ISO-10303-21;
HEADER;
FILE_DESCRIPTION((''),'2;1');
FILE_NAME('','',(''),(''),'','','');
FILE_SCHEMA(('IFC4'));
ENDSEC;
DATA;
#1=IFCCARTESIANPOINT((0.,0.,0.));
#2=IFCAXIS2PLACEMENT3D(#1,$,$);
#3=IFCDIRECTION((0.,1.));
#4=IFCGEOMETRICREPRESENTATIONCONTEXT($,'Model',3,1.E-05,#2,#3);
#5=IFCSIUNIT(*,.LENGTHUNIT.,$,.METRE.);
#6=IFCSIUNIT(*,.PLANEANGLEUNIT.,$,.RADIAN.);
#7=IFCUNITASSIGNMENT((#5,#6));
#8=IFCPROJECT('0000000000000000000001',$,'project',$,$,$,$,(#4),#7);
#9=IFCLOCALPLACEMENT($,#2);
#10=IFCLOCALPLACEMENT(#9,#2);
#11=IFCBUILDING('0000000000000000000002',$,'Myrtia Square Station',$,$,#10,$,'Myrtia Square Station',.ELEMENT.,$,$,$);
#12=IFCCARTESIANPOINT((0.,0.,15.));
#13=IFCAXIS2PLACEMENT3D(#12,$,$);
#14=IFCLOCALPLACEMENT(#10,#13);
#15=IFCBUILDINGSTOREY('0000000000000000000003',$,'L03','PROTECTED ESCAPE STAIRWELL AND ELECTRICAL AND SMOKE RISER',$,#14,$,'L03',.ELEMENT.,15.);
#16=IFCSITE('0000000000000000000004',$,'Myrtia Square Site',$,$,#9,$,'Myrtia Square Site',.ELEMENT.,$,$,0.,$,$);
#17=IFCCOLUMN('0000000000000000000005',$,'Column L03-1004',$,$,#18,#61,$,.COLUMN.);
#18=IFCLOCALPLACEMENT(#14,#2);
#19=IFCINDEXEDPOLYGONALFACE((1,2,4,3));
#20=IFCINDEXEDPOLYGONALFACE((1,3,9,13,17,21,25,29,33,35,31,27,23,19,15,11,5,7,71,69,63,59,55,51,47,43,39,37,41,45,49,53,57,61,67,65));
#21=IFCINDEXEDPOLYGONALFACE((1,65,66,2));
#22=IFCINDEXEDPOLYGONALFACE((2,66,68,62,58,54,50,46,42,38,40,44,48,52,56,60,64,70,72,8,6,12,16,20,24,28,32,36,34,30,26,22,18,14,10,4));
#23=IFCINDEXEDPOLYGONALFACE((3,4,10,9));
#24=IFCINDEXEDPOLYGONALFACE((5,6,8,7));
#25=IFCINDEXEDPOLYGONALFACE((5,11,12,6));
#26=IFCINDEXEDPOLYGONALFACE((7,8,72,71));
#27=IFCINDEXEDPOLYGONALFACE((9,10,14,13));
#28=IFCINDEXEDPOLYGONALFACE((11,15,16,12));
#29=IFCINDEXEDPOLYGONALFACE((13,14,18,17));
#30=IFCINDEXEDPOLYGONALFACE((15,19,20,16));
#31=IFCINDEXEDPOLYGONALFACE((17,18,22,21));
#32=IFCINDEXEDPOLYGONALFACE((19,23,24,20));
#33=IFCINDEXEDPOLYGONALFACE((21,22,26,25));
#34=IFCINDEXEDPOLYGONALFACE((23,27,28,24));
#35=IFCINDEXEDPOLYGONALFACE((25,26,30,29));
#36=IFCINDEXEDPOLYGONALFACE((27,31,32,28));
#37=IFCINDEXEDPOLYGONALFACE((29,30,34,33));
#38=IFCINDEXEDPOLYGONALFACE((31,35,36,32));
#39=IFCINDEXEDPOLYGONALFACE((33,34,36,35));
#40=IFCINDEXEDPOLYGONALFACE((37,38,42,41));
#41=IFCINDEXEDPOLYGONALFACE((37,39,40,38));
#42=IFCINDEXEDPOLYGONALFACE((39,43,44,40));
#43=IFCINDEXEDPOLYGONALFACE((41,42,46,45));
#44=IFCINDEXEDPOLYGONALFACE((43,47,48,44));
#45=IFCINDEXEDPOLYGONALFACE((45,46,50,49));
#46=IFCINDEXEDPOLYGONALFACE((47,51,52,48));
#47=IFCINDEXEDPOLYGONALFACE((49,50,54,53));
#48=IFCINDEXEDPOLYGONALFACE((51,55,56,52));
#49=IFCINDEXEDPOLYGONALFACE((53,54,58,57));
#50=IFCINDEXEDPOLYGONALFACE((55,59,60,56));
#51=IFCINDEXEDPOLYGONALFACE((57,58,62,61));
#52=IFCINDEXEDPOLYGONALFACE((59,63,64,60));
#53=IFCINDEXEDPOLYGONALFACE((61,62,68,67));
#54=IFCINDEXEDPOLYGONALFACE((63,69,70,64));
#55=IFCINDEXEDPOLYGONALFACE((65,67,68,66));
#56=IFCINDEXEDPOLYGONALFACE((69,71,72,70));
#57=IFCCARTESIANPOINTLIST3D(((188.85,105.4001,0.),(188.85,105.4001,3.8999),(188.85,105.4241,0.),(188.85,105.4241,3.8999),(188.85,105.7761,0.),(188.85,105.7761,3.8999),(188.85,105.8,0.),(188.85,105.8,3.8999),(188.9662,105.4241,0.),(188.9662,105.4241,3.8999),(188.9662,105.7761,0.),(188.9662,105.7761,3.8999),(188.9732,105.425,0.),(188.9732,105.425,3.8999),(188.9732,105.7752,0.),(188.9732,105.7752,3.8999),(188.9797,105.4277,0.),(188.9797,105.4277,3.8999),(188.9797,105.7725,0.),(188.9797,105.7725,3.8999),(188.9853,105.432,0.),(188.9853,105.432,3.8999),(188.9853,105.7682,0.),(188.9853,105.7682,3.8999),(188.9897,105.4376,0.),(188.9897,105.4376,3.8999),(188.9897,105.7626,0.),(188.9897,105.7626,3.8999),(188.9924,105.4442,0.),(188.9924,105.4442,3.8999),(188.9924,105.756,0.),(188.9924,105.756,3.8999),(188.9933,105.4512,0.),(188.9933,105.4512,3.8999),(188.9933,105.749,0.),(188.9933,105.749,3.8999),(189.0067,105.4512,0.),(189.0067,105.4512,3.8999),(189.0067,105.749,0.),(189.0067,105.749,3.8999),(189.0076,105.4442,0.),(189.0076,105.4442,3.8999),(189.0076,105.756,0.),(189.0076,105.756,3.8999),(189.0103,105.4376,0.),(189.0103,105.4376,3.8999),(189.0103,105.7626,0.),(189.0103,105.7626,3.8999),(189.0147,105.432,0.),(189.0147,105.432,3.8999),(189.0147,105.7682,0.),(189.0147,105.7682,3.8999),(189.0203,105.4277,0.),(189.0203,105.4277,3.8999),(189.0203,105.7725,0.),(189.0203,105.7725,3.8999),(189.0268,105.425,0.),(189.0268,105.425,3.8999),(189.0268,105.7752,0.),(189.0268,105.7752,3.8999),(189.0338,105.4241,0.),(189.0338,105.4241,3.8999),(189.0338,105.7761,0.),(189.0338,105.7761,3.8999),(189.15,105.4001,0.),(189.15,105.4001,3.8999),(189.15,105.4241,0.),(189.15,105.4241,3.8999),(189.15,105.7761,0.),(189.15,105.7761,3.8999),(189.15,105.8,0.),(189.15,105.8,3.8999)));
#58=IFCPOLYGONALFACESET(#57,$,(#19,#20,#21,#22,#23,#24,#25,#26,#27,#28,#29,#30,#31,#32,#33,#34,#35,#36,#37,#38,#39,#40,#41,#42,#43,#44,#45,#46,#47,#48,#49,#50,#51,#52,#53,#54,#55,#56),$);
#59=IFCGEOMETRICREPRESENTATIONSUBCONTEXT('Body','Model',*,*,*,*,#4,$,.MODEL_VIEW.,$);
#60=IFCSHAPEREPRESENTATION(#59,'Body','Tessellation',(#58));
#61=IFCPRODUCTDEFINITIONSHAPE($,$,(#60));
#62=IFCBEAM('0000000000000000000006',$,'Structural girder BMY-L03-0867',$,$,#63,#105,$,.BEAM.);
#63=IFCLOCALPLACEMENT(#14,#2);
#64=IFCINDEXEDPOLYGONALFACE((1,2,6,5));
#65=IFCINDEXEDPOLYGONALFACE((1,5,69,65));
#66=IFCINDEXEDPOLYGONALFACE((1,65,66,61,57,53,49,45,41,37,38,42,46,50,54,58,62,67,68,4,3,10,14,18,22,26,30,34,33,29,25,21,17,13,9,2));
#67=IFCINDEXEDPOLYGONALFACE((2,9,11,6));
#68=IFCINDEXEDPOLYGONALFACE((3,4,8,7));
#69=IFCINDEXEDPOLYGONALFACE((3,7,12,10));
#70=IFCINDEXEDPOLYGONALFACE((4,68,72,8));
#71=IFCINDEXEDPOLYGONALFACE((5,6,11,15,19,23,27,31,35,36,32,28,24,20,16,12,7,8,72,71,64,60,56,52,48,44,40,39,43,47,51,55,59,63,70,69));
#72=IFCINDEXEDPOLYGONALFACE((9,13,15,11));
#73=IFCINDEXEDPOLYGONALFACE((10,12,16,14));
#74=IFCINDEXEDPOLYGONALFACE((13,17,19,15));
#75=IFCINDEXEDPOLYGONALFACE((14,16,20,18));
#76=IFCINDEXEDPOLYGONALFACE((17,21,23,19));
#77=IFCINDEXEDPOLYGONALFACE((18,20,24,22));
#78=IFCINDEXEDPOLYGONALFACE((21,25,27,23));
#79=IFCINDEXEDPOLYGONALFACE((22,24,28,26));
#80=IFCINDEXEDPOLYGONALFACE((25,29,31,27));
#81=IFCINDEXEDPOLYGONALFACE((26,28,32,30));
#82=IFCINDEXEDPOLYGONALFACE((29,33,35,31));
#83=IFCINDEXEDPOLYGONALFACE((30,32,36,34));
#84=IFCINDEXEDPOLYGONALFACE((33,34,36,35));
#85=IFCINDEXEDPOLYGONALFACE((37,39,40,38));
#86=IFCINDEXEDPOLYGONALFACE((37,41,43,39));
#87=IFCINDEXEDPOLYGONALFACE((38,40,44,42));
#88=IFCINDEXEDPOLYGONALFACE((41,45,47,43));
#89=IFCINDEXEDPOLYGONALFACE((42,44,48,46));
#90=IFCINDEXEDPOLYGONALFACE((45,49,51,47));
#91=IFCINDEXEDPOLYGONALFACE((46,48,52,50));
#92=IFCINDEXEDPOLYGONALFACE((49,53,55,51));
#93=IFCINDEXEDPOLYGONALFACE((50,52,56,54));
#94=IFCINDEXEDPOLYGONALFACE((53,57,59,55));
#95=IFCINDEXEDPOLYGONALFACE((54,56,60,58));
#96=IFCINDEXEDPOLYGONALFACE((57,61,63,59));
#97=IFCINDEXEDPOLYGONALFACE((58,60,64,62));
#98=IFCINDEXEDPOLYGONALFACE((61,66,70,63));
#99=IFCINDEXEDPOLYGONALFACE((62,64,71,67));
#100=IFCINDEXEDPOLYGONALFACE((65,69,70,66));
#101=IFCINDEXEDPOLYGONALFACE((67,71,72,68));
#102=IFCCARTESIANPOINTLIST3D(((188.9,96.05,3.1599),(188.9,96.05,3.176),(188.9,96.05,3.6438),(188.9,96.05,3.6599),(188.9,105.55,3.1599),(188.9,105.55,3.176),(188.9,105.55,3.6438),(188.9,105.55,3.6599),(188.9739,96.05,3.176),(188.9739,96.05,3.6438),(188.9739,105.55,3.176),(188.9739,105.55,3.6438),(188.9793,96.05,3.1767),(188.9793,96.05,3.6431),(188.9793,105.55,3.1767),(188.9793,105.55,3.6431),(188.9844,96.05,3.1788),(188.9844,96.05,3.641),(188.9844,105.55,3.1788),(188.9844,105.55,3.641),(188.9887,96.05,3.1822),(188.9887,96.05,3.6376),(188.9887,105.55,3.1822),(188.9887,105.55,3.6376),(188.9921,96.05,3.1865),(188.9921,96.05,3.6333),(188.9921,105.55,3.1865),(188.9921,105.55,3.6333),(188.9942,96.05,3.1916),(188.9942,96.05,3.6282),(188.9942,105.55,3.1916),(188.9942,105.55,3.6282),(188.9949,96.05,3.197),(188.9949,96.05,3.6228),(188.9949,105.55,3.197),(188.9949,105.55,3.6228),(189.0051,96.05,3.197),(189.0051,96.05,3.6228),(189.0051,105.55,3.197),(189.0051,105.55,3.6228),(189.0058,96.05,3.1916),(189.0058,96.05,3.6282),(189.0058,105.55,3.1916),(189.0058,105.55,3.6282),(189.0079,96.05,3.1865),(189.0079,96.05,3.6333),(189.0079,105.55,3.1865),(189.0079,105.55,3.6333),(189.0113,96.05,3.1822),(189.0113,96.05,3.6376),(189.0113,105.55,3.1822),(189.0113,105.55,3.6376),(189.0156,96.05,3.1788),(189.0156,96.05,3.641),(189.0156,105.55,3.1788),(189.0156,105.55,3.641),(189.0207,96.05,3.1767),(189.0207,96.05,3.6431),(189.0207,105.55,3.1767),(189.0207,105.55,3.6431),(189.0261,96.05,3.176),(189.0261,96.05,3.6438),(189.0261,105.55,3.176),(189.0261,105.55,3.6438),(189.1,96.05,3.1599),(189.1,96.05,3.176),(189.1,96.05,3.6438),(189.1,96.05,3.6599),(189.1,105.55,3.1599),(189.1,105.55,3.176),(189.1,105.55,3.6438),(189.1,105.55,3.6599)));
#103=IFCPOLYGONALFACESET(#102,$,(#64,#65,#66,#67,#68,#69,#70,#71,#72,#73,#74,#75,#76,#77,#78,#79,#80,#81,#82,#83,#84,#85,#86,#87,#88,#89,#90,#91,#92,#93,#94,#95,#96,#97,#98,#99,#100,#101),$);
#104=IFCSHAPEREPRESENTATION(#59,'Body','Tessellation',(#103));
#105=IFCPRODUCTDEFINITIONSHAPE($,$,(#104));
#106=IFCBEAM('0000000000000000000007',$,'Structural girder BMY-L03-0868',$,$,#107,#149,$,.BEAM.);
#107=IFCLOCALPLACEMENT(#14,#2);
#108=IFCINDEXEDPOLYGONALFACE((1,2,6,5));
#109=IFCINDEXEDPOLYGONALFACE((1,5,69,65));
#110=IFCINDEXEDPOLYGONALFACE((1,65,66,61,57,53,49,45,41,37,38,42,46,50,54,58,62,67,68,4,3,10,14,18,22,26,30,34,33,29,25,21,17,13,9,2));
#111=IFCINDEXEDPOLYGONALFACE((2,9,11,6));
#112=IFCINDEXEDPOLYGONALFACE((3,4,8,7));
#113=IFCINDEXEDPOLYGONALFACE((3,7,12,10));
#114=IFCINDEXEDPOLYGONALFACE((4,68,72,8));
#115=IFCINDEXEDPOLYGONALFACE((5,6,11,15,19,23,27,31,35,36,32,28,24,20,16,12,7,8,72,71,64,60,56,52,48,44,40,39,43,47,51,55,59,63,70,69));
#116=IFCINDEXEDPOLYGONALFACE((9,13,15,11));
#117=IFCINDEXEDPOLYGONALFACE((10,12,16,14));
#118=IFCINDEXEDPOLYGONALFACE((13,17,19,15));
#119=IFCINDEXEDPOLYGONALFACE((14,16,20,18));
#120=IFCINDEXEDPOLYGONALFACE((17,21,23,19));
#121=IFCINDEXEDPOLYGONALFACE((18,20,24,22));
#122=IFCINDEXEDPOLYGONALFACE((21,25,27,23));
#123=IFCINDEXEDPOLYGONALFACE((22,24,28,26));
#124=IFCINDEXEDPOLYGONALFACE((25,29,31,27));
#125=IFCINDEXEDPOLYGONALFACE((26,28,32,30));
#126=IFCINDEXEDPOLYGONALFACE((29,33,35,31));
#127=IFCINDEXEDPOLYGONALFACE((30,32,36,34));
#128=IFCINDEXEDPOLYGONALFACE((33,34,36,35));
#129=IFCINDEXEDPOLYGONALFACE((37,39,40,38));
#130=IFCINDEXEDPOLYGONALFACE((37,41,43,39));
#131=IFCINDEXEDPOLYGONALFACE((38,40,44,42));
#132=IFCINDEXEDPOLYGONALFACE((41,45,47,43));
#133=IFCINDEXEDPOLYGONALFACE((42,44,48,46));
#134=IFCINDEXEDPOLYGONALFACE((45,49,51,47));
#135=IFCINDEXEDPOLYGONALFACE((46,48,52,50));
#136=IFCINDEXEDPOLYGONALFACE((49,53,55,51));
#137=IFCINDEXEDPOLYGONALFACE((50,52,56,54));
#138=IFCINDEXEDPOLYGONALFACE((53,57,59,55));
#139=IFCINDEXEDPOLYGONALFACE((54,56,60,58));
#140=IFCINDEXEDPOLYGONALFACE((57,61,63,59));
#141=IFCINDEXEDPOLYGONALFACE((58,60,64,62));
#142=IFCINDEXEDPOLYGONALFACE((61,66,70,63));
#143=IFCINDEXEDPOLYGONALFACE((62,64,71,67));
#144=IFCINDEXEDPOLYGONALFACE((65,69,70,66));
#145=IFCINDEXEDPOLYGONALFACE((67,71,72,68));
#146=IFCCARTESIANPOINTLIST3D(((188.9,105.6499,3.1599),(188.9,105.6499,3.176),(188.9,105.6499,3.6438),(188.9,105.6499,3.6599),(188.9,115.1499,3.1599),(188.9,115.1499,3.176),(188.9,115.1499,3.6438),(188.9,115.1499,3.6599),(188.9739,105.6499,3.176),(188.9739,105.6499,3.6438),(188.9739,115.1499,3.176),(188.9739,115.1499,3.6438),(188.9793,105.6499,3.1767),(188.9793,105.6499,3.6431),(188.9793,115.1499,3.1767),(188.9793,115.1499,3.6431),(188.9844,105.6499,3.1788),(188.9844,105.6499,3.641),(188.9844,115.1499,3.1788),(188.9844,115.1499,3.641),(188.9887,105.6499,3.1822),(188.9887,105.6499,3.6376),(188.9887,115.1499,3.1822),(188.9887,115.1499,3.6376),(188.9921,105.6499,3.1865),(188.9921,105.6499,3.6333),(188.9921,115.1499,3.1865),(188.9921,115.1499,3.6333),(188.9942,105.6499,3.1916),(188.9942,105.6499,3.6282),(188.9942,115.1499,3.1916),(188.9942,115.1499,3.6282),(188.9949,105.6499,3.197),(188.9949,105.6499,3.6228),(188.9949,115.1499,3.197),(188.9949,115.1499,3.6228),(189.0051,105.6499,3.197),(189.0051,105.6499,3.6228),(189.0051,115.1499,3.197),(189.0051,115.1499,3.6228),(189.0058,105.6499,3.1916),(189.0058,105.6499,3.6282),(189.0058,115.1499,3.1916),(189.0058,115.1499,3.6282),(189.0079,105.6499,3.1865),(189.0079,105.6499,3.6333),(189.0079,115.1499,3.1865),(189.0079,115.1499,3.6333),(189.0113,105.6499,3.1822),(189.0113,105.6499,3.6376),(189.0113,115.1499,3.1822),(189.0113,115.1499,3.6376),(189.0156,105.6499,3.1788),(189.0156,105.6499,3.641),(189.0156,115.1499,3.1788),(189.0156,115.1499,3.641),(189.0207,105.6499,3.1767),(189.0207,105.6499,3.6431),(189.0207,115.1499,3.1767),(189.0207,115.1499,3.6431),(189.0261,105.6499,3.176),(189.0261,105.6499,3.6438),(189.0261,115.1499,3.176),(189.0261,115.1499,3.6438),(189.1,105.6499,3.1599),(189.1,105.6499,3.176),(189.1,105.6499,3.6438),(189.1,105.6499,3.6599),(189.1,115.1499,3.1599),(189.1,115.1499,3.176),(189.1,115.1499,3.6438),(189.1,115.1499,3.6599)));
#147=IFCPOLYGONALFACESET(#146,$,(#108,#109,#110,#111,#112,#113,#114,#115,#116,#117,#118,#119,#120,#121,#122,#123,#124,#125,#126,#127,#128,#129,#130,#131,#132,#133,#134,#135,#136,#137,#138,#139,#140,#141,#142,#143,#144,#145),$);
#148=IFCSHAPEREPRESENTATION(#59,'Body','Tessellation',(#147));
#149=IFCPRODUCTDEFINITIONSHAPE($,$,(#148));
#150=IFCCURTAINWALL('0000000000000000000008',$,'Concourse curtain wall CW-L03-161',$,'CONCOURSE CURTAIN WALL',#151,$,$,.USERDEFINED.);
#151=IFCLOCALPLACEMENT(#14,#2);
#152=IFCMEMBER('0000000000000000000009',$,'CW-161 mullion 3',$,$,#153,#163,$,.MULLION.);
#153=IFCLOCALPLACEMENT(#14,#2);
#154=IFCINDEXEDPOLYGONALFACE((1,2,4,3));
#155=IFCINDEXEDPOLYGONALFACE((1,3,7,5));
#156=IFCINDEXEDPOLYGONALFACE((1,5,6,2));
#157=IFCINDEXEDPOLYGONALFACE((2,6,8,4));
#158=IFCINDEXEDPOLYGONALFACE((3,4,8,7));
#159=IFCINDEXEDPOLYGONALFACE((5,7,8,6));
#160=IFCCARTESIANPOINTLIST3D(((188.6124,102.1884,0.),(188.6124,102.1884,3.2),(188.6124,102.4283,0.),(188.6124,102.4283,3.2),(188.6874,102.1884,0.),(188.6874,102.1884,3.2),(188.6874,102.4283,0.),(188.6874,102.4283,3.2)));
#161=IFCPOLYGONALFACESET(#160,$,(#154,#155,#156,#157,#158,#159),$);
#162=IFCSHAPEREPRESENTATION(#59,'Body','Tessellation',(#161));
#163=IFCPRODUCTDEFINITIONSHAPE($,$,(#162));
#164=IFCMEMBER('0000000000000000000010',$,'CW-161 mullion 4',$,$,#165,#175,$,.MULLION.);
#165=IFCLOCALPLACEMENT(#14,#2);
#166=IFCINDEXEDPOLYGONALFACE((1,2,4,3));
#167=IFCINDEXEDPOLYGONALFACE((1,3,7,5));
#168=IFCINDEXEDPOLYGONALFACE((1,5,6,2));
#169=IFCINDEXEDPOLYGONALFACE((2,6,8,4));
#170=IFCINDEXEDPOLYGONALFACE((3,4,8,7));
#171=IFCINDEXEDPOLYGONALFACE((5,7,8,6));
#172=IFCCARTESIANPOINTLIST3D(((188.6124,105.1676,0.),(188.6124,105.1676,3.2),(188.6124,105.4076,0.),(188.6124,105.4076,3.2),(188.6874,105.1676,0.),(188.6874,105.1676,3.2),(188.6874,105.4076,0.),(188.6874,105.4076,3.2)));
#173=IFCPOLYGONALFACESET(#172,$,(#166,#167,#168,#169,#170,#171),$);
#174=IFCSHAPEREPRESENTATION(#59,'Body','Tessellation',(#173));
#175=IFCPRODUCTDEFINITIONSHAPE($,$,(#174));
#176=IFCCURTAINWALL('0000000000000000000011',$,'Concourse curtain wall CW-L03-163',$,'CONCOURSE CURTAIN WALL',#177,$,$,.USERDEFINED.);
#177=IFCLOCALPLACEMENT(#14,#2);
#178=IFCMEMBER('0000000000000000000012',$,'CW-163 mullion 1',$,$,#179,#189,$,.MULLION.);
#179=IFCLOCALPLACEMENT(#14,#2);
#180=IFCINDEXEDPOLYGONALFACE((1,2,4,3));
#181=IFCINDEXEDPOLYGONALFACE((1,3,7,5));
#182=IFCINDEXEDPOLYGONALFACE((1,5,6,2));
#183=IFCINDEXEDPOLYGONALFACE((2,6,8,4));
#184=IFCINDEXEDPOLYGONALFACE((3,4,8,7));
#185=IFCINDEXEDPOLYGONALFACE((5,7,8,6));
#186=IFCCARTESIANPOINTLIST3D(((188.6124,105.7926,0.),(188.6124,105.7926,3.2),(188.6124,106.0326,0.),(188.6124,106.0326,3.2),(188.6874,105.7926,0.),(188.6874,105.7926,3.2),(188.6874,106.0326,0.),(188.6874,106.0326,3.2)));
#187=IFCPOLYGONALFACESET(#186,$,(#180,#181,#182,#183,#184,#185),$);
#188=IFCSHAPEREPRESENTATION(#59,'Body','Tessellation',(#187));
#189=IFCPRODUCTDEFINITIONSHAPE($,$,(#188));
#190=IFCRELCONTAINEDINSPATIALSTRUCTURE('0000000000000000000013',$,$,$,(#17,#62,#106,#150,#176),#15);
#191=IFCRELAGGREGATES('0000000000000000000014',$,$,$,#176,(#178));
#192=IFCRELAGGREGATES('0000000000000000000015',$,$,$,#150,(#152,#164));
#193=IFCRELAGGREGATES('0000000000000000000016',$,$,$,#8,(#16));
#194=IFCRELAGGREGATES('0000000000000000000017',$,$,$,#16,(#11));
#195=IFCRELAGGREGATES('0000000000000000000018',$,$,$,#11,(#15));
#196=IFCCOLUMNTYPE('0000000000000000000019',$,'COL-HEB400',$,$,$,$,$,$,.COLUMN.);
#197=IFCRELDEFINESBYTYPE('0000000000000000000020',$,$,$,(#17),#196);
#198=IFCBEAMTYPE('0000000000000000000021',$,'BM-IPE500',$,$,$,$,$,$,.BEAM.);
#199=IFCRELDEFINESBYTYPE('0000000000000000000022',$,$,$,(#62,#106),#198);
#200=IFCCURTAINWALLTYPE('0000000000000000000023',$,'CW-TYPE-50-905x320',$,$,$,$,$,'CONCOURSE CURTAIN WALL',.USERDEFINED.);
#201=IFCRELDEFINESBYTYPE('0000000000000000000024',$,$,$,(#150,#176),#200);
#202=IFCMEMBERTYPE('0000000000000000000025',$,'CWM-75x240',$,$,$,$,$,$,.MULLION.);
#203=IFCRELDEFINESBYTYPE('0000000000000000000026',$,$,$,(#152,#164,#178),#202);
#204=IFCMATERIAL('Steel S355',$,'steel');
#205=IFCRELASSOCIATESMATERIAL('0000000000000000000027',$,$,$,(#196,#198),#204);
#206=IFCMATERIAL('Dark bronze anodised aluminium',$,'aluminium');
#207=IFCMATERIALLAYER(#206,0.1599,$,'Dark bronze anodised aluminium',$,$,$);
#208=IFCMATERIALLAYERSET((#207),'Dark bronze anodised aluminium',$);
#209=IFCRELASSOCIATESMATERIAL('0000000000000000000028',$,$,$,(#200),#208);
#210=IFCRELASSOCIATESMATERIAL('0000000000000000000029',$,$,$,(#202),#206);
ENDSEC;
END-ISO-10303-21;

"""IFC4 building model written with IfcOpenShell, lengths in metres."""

from ifc_helpers import new_model, si_unit, direction, frame, origin, origin_2d, place, context, subcontext, project, spatial, rectangle, i_section, extrude, material, layer, layer_set, material_profile, profile_set, type_object, element, aggregate, save


model = new_model("IFC4")

# Units and contexts
model_context = context("Model", 3, precision=1e-05, world=origin(), true_north=direction((0.0, 1.0)))
body_context = subcontext(model_context, "Body", "Model", "MODEL_VIEW")
ifc_project = project(units=[si_unit("LENGTHUNIT", "METRE"), si_unit("PLANEANGLEUNIT", "RADIAN")], contexts=[model_context])

# Site, building, storey
site_placement = place(None, origin())
site = spatial("IfcSite", under=ifc_project, at=site_placement, Name="Myrtia Square Site", LongName="Myrtia Square Site", CompositionType="ELEMENT", RefElevation=0.0)
building_placement = place(site_placement, origin())
building = spatial("IfcBuilding", under=site, at=building_placement, Name="Myrtia Square Station", LongName="Myrtia Square Station", CompositionType="ELEMENT")
storey_placement = place(building_placement, frame((0.0, 0.0, 15.0)))
storey = spatial("IfcBuildingStorey", under=building, at=storey_placement, Name="L03", Description="PROTECTED ESCAPE STAIRWELL AND ELECTRICAL AND SMOKE RISER", LongName="L03", CompositionType="ELEMENT", Elevation=15.0)

# Column
ifc_material_1 = material(Name="Steel S355", Category="steel")
ifc_material_profile_1 = material_profile(ifc_material_1, i_section(OverallWidth=0.3, OverallDepth=0.3999, WebThickness=0.0134, FlangeThickness=0.0239, FilletRadius=0.0271, at=origin_2d()), Name="HEB 400")
ifc_profile_set_1 = profile_set([ifc_material_profile_1], Name="Steel S355")
column_type = type_object("IfcColumnType", Name="COL-HEB400", PredefinedType="COLUMN", material=ifc_profile_set_1)
column_placement = place(storey_placement, frame((189.0, 105.6001, 0.0), z_axis=(0.0, 0.0, 1.0), x_axis=(1.0, 0.0, 0.0)))
element("IfcColumn", 1, at=column_placement, inside=storey, type_object=column_type, Name="Column L03-1004", PredefinedType="COLUMN", context=body_context, shape_type="SweptSolid", body=[
    extrude(i_section(OverallWidth=0.3, OverallDepth=0.3999, WebThickness=0.0134, FlangeThickness=0.0239, FilletRadius=0.0271, at=origin_2d()), origin(), (0.0, 0.0, 1.0), 3.8999),
])

# Beams
ifc_material_profile_2 = material_profile(ifc_material_1, i_section(OverallWidth=0.2, OverallDepth=0.5, WebThickness=0.0103, FlangeThickness=0.0161, FilletRadius=0.021, at=origin_2d()), Name="IPE 500")
ifc_profile_set_2 = profile_set([ifc_material_profile_2], Name="Steel S355")
beam_type = type_object("IfcBeamType", Name="BM-IPE500", PredefinedType="BEAM", material=ifc_profile_set_2)
for number, where, z_axis, x_axis, name in (
    (2, (189.0, 96.05, 3.4099), (0.0, 1.0, 0.0), (-1.0, 0.0, 0.0), "Structural girder BMY-L03-0867"),
    (3, (189.0, 105.6499, 3.4099), (0.0, 1.0, 0.0), (-1.0, 0.0, 0.0), "Structural girder BMY-L03-0868"),
):
    element("IfcBeam", number, at=place(storey_placement, frame(where, z_axis=z_axis, x_axis=x_axis)), inside=storey, type_object=beam_type, Name=name, PredefinedType="BEAM", context=body_context, shape_type="SweptSolid", body=[
        extrude(i_section(OverallWidth=0.2, OverallDepth=0.5, WebThickness=0.0103, FlangeThickness=0.0161, FilletRadius=0.021, at=origin_2d()), origin(), (0.0, 0.0, 1.0), 9.5),
    ])

# Curtain wall, members
ifc_material_2 = material(Name="Dark bronze anodised aluminium", Category="aluminium")
ifc_layer_1 = layer(ifc_material_2, 0.1599, Name="Dark bronze anodised aluminium")
ifc_layer_set_1 = layer_set([ifc_layer_1], Name="Dark bronze anodised aluminium")
curtain_wall_type = type_object("IfcCurtainWallType", Name="CW-TYPE-50-905x320", ElementType="CONCOURSE CURTAIN WALL", PredefinedType="USERDEFINED", material=ifc_layer_set_1)
curtain_wall_1_placement = place(storey_placement, origin())
curtain_wall_1 = element("IfcCurtainWall", 4, at=curtain_wall_1_placement, inside=storey, type_object=curtain_wall_type, Name="Concourse curtain wall CW-L03-161", ObjectType="CONCOURSE CURTAIN WALL", PredefinedType="USERDEFINED")
ifc_material_profile_3 = material_profile(ifc_material_2, rectangle(XDim=0.075, YDim=0.24, at=origin_2d()), Name="ALU-M 75x240")
ifc_profile_set_3 = profile_set([ifc_material_profile_3], Name="Dark bronze anodised aluminium")
member_type_1 = type_object("IfcMemberType", Name="CWM-75x240", PredefinedType="MULLION", material=ifc_profile_set_3)
member_1_placement = place(storey_placement, frame((188.6499, 102.3083, 0.0), z_axis=(0.0, 0.0, 1.0), x_axis=(-1.0, 0.0, 0.0)))
member_1 = element("IfcMember", 5, at=member_1_placement, type_object=member_type_1, Name="CW-161 mullion 3", PredefinedType="MULLION", context=body_context, shape_type="SweptSolid", body=[
    extrude(rectangle(XDim=0.075, YDim=0.24, at=origin_2d()), origin(), (0.0, 0.0, 1.0), 3.2),
])
member_2_placement = place(storey_placement, frame((188.6499, 105.2876, 0.0), z_axis=(0.0, 0.0, 1.0), x_axis=(-1.0, 0.0, 0.0)))
member_2 = element("IfcMember", 6, at=member_2_placement, type_object=member_type_1, Name="CW-161 mullion 4", PredefinedType="MULLION", context=body_context, shape_type="SweptSolid", body=[
    extrude(rectangle(XDim=0.075, YDim=0.24, at=origin_2d()), origin(), (0.0, 0.0, 1.0), 3.2),
])

# Curtain wall, member
curtain_wall_2_placement = place(storey_placement, origin())
curtain_wall_2 = element("IfcCurtainWall", 7, at=curtain_wall_2_placement, inside=storey, type_object=curtain_wall_type, Name="Concourse curtain wall CW-L03-163", ObjectType="CONCOURSE CURTAIN WALL", PredefinedType="USERDEFINED")
member_3_placement = place(storey_placement, frame((188.6499, 105.9126, 0.0), z_axis=(0.0, 0.0, 1.0), x_axis=(-1.0, 0.0, 0.0)))
member_3 = element("IfcMember", 8, at=member_3_placement, type_object=member_type_1, Name="CW-163 mullion 1", PredefinedType="MULLION", context=body_context, shape_type="SweptSolid", body=[
    extrude(rectangle(XDim=0.075, YDim=0.24, at=origin_2d()), origin(), (0.0, 0.0, 1.0), 3.2),
])

aggregate(curtain_wall_2, [member_3])

aggregate(curtain_wall_1, [member_1, member_2])

save(model, "model.ifc")
